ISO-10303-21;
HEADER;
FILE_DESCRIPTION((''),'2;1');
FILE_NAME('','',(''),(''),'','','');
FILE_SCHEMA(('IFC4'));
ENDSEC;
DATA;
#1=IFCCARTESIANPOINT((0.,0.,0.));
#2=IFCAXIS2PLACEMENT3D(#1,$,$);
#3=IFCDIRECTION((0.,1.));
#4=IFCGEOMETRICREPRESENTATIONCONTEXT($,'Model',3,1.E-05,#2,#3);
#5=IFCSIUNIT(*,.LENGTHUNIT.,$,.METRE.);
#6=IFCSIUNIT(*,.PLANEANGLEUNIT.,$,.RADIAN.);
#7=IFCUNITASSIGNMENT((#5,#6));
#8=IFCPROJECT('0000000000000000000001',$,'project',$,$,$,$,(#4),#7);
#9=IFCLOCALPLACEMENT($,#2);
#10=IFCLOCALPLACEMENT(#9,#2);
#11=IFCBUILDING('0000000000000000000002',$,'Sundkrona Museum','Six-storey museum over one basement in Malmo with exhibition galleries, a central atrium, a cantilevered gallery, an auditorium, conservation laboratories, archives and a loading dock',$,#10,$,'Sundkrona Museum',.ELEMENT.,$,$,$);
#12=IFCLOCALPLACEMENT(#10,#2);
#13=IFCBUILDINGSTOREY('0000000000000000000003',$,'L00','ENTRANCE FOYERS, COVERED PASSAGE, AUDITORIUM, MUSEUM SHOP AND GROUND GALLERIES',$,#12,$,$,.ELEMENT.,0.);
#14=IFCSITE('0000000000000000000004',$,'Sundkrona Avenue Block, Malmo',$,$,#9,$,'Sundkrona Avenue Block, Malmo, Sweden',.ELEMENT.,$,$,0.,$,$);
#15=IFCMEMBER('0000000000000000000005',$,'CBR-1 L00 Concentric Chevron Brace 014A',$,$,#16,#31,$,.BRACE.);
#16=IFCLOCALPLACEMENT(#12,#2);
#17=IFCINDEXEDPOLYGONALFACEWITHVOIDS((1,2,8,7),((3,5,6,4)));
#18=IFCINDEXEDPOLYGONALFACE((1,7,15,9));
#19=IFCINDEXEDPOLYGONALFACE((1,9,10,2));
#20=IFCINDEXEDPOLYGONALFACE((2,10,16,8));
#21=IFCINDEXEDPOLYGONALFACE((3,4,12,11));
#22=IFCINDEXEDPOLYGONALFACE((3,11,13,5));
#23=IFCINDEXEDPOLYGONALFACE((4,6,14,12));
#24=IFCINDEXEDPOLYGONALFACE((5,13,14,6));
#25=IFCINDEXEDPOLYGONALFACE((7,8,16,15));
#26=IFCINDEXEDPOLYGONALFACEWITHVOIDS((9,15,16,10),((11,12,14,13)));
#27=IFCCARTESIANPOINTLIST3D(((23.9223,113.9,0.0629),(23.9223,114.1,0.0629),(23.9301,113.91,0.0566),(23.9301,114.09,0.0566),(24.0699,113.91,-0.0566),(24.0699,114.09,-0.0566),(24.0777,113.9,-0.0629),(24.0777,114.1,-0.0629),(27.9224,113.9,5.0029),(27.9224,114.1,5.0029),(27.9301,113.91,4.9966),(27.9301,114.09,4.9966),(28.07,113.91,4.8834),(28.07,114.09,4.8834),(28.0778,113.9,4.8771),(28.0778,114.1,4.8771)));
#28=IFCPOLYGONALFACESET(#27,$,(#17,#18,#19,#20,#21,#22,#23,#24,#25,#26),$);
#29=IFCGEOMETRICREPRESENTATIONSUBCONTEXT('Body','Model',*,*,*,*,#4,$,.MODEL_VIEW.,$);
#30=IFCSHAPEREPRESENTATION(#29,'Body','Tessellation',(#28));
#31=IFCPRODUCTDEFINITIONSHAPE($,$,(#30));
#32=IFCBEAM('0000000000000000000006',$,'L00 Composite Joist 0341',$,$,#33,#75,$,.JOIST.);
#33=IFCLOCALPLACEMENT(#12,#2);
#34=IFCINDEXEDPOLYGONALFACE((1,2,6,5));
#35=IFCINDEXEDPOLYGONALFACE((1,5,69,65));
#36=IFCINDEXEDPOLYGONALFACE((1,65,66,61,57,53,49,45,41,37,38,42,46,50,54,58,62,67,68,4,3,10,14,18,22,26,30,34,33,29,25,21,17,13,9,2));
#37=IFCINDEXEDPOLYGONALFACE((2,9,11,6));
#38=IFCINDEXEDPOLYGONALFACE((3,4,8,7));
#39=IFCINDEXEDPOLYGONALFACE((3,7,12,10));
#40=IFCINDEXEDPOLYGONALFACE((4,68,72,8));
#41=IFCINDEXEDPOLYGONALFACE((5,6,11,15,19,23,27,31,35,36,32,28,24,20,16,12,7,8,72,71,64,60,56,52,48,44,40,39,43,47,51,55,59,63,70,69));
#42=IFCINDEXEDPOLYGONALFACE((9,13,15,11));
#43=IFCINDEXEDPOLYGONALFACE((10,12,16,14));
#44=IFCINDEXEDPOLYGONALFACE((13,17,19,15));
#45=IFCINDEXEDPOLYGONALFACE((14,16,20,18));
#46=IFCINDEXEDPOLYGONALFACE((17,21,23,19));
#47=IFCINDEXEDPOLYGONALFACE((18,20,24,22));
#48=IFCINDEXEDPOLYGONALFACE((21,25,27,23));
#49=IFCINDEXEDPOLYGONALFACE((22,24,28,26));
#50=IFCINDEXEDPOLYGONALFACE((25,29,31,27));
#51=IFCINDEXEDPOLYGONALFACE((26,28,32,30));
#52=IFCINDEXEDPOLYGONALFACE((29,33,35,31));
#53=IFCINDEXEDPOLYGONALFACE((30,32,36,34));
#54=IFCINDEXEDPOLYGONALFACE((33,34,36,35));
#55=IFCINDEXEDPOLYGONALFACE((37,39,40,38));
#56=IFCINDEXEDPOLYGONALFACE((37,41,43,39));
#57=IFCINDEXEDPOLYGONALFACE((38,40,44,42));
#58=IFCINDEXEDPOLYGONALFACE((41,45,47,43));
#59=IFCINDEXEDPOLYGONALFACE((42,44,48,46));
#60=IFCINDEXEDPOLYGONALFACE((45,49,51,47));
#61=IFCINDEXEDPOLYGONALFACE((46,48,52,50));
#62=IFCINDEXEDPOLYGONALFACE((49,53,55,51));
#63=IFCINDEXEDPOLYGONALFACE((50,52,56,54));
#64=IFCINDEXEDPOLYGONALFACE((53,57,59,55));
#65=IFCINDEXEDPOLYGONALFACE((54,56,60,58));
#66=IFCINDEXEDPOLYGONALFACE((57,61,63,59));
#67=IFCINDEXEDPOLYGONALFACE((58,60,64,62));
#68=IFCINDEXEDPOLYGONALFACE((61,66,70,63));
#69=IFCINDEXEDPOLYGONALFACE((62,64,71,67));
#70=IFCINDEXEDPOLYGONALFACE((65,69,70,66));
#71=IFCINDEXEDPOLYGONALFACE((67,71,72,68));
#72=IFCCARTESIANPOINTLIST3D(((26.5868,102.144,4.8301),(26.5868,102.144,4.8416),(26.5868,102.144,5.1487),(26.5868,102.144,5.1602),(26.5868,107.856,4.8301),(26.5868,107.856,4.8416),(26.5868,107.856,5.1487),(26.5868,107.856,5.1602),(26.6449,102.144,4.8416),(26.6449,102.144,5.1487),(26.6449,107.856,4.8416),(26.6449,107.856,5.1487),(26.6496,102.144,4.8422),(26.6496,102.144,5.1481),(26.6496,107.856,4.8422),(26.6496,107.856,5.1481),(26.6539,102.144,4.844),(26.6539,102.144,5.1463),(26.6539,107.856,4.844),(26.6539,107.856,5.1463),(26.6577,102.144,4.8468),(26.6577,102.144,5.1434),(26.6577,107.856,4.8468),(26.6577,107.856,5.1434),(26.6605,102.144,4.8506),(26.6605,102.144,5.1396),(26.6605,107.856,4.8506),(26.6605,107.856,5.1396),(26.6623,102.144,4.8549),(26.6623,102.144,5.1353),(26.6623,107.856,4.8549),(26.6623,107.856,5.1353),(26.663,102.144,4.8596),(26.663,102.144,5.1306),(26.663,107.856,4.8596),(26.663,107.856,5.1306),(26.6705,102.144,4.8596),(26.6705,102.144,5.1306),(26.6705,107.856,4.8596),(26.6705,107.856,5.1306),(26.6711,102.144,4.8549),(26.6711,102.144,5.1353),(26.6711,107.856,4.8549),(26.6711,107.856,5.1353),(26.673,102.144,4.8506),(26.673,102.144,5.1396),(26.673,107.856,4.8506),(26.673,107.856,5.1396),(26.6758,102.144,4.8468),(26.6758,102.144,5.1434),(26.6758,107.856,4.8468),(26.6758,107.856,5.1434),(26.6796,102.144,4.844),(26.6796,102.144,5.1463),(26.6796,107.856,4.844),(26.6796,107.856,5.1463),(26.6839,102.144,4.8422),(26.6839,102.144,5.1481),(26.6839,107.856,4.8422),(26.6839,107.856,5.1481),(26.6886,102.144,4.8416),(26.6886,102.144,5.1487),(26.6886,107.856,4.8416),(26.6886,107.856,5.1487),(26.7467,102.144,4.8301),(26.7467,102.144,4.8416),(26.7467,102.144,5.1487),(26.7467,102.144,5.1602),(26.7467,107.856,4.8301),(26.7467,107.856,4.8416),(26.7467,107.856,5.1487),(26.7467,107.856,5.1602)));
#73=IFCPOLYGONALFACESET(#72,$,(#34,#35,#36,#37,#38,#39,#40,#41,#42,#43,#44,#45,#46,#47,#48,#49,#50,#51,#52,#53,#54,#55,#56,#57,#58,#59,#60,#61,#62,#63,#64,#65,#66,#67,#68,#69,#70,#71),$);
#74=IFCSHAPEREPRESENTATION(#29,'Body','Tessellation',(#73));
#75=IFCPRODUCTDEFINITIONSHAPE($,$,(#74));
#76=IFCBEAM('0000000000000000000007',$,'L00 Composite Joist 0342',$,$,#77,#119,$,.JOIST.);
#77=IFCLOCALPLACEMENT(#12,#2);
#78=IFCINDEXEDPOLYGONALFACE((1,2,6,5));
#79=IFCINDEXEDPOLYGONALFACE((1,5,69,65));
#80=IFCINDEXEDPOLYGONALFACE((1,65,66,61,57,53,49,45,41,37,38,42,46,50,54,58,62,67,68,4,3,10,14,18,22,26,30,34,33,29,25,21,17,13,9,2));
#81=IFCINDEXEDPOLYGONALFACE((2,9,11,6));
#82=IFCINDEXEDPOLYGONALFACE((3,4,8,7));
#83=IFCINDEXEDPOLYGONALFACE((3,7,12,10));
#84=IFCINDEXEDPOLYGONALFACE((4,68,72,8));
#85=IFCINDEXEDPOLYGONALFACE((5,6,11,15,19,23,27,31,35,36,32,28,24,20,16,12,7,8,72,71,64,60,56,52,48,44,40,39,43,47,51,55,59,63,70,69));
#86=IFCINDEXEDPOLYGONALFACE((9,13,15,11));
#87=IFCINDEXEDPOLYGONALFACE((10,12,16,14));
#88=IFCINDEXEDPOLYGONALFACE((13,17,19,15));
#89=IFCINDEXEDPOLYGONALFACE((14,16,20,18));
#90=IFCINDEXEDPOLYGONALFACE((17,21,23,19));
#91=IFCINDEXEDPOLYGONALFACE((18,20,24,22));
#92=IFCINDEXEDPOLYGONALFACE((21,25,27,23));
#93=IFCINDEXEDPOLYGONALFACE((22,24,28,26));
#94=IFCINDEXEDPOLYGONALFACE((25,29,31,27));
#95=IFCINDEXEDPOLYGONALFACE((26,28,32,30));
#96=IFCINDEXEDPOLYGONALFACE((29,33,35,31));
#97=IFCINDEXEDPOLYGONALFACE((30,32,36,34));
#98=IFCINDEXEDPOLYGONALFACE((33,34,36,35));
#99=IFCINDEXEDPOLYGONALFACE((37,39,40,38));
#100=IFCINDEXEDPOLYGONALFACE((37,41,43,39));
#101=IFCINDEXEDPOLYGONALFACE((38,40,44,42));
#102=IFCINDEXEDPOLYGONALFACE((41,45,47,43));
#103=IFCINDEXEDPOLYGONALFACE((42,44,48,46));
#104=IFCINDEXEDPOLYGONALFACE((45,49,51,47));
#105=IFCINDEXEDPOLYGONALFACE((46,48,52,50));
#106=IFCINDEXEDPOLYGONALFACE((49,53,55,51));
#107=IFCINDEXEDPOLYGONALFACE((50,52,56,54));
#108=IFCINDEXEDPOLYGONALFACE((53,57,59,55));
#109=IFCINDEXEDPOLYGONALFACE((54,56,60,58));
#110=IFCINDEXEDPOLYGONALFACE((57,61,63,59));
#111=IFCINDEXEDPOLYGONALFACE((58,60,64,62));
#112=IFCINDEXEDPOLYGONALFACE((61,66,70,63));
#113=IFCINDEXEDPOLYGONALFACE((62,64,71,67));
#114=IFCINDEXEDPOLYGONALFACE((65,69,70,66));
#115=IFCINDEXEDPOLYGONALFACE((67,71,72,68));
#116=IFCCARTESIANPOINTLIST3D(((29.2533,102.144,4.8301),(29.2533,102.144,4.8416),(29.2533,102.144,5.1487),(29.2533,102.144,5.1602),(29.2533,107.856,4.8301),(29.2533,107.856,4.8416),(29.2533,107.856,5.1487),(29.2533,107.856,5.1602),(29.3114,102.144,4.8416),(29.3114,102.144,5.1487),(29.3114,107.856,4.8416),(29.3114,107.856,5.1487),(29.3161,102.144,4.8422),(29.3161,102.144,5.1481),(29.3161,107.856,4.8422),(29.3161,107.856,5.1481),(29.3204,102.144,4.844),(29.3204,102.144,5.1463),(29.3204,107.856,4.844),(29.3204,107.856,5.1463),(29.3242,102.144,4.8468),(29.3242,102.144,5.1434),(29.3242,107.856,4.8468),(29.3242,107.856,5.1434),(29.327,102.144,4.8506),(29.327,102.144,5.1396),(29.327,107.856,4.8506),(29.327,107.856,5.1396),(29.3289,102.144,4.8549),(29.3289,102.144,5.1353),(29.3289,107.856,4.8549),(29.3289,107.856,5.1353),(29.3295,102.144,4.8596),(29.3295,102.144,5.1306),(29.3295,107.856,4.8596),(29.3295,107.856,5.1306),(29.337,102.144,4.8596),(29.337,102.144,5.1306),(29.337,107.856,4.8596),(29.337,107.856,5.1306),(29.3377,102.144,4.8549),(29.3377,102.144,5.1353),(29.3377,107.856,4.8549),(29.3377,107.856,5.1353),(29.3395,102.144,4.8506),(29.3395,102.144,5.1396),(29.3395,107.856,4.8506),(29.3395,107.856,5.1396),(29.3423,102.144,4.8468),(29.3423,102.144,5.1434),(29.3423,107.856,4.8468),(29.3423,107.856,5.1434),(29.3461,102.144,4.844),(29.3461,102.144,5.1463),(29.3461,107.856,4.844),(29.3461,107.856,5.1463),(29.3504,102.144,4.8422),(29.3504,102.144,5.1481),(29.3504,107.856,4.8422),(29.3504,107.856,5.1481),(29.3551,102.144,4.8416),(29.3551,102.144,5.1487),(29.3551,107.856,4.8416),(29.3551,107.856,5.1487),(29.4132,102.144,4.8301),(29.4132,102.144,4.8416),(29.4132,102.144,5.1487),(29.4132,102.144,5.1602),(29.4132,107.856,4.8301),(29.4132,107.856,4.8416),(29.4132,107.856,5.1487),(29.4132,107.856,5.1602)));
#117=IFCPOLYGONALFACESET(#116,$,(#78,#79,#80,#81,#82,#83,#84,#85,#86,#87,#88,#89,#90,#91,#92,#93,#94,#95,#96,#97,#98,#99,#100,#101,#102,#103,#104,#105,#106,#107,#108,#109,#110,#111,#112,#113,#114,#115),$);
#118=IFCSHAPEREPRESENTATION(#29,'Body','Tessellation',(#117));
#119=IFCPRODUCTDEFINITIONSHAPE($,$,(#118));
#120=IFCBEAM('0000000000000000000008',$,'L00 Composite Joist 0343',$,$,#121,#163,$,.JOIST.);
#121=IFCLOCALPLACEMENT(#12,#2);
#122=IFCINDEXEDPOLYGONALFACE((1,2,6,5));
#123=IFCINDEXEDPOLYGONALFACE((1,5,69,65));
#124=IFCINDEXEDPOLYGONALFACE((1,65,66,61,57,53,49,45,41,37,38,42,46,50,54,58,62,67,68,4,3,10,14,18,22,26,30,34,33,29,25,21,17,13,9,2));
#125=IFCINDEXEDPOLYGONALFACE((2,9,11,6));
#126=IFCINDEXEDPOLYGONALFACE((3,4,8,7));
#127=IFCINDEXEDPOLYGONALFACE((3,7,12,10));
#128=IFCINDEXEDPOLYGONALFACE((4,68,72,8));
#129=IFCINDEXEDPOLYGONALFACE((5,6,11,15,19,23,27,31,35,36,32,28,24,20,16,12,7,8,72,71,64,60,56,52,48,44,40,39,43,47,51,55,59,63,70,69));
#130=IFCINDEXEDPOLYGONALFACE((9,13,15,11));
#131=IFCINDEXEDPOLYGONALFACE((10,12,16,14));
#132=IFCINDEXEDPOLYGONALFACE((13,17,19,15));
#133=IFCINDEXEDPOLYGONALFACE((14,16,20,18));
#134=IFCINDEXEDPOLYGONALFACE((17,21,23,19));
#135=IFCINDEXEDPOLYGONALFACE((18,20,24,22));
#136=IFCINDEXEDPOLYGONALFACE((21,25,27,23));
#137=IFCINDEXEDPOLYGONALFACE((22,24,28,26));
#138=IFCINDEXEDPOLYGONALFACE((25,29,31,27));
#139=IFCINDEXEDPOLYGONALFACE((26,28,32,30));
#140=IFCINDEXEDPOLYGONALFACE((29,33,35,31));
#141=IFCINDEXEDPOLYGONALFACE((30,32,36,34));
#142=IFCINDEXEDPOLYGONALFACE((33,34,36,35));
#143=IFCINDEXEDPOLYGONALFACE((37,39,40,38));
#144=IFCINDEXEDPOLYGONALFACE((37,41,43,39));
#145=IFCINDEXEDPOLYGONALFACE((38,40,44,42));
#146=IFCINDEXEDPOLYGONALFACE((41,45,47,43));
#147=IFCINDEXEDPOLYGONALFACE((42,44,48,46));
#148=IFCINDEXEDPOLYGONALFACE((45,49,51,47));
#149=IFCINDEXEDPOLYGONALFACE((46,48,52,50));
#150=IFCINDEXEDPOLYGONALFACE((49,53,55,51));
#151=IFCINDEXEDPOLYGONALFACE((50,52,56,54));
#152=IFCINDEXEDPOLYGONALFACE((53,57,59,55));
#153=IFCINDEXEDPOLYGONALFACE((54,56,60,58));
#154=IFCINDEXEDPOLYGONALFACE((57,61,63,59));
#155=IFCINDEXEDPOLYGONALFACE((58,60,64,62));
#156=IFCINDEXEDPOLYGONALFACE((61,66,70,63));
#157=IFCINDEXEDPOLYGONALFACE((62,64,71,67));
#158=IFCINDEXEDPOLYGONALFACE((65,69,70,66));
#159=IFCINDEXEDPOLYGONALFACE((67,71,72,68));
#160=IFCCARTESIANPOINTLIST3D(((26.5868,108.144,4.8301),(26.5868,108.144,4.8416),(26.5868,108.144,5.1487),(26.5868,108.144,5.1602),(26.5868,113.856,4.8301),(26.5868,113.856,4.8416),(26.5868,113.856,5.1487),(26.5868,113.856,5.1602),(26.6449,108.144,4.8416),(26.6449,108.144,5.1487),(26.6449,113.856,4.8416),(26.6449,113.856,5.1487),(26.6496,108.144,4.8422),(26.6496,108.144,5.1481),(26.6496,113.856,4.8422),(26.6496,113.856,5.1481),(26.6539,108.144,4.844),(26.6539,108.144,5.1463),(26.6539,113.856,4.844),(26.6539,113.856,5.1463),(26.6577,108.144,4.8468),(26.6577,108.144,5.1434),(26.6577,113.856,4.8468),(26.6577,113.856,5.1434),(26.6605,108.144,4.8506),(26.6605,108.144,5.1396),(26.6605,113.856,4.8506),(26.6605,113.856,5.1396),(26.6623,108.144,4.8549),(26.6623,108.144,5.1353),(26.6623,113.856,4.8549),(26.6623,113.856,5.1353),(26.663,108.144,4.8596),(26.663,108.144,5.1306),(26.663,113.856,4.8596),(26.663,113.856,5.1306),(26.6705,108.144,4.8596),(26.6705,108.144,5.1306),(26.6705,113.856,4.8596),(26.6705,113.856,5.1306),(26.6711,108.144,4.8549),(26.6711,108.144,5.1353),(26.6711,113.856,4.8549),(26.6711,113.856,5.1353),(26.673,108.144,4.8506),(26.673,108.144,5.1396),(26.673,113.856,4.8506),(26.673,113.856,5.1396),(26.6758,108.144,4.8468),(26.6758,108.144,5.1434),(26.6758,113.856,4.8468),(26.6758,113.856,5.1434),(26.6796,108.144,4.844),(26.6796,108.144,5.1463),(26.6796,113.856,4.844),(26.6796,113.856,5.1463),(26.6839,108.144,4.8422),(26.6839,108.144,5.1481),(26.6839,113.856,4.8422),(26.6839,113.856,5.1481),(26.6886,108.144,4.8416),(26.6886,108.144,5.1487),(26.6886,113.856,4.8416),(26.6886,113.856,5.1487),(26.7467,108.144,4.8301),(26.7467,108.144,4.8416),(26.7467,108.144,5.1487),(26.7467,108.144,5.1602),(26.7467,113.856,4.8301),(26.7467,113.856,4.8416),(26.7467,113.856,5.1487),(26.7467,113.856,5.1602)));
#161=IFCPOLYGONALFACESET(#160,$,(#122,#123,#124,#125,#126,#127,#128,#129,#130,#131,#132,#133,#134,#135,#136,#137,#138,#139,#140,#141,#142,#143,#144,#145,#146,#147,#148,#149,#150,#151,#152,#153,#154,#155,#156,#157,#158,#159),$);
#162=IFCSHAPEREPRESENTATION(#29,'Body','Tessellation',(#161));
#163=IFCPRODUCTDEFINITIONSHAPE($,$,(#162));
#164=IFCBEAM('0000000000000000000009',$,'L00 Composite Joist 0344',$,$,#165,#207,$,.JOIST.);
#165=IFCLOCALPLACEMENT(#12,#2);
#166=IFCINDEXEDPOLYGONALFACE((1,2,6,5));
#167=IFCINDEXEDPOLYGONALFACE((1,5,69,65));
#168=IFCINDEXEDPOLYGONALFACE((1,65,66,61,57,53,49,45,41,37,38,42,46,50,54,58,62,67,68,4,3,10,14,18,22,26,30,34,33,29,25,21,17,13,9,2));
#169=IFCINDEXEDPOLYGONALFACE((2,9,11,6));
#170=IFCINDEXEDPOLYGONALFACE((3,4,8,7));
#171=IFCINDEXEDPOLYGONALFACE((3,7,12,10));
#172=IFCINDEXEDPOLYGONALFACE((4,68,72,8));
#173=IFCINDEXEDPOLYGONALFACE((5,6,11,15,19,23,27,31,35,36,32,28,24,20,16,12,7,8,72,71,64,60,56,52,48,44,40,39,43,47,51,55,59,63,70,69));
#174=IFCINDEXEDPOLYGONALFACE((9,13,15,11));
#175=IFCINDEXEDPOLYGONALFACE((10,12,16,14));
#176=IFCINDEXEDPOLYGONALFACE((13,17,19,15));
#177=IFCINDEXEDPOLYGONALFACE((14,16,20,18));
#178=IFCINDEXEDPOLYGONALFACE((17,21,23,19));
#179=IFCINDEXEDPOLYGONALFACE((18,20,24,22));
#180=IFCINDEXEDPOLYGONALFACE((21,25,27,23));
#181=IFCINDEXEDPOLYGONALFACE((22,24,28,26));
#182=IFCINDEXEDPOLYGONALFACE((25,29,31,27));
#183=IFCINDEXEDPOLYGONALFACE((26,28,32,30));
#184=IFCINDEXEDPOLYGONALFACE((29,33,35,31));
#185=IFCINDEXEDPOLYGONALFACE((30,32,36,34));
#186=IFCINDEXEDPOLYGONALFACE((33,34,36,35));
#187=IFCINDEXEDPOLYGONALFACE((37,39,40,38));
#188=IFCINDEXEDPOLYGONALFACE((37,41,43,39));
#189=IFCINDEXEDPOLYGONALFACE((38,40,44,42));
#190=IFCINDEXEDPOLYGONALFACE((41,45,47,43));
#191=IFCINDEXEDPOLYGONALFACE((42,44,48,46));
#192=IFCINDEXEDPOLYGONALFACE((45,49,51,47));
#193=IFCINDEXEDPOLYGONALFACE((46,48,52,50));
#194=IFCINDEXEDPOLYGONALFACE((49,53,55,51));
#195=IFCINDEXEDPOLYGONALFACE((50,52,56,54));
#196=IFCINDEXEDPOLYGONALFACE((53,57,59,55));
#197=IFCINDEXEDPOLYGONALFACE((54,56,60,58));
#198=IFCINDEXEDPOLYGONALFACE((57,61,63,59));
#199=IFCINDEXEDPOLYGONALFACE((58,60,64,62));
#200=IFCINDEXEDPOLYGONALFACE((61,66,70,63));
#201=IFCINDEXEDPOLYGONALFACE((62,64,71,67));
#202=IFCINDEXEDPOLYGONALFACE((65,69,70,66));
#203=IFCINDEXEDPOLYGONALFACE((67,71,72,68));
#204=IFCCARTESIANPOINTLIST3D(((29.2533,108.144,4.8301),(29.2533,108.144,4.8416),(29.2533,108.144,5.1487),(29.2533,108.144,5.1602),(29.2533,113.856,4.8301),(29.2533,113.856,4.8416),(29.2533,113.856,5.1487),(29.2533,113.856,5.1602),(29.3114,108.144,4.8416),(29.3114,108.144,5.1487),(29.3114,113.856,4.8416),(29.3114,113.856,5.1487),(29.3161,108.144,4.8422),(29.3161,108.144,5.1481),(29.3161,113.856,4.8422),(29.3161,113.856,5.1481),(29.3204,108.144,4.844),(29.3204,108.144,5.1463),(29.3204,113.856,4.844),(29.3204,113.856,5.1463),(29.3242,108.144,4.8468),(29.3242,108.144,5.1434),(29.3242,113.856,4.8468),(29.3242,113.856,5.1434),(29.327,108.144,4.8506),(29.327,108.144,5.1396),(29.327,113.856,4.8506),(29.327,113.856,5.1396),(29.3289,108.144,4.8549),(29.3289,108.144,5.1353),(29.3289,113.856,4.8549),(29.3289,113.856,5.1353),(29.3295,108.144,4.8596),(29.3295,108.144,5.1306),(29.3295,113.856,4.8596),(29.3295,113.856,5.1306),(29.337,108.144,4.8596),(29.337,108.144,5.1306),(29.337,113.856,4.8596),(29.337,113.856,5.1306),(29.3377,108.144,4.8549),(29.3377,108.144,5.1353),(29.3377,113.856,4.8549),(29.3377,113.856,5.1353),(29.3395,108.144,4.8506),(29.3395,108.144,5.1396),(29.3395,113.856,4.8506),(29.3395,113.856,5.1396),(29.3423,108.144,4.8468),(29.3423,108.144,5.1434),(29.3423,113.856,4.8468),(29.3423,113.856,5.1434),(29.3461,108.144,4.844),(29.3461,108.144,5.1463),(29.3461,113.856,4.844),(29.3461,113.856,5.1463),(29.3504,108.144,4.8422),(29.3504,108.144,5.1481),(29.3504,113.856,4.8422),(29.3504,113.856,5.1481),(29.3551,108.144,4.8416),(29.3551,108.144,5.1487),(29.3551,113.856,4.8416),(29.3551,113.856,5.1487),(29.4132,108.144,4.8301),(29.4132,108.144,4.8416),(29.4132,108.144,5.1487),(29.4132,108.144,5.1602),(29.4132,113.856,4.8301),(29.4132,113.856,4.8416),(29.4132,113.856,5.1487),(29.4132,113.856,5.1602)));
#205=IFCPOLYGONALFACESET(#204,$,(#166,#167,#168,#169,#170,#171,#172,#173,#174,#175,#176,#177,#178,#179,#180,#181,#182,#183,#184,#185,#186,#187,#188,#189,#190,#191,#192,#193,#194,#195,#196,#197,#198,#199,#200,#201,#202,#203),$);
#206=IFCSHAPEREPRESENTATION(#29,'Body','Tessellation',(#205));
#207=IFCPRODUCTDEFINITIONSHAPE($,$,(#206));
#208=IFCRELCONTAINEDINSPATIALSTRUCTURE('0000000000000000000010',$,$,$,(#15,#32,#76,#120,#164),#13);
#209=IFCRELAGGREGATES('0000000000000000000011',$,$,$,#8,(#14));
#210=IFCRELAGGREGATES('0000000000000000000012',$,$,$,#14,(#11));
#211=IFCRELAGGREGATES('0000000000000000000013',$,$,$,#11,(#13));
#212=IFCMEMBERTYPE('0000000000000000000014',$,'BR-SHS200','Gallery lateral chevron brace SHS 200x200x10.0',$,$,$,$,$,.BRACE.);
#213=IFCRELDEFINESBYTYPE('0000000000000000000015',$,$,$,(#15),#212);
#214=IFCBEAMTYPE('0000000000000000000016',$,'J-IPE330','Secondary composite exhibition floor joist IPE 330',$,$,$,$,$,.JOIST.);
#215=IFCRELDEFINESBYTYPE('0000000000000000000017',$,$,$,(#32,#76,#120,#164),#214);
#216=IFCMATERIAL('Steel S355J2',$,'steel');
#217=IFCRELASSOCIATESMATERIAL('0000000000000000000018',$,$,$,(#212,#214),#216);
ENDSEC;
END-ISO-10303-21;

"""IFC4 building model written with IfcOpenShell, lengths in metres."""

from ifc_helpers import new_model, si_unit, direction, frame, origin, origin_2d, place, context, subcontext, project, spatial, hollow_rectangle, i_section, extrude, material, material_profile, profile_set, type_object, element, save


model = new_model("IFC4")

# Units and contexts
model_context = context("Model", 3, precision=1e-05, world=origin(), true_north=direction((0.0, 1.0)))
body_context = subcontext(model_context, "Body", "Model", "MODEL_VIEW")
ifc_project = project(units=[si_unit("LENGTHUNIT", "METRE"), si_unit("PLANEANGLEUNIT", "RADIAN")], contexts=[model_context])

# Site, building, storey
site_placement = place(None, origin())
site = spatial("IfcSite", under=ifc_project, at=site_placement, Name="Sundkrona Avenue Block, Malmo", LongName="Sundkrona Avenue Block, Malmo, Sweden", CompositionType="ELEMENT", RefElevation=0.0)
building_placement = place(site_placement, origin())
building = spatial("IfcBuilding", under=site, at=building_placement, Name="Sundkrona Museum", Description="Six-storey museum over one basement in Malmo with exhibition galleries, a central atrium, a cantilevered gallery, an auditorium, conservation laboratories, archives and a loading dock", LongName="Sundkrona Museum", CompositionType="ELEMENT")
storey_placement = place(building_placement, origin())
storey = spatial("IfcBuildingStorey", under=building, at=storey_placement, Name="L00", Description="ENTRANCE FOYERS, COVERED PASSAGE, AUDITORIUM, MUSEUM SHOP AND GROUND GALLERIES", CompositionType="ELEMENT", Elevation=0.0)

# Shared definitions
ifc_material_1 = material(Name="Steel S355J2", Category="steel")

# Member
ifc_material_profile_1 = material_profile(ifc_material_1, hollow_rectangle(XDim=0.2, YDim=0.2, WallThickness=0.01, at=origin_2d()), Name="SHS 200x200x10.0")
ifc_profile_set_1 = profile_set([ifc_material_profile_1], Name="Steel S355J2")
member_type = type_object("IfcMemberType", Name="BR-SHS200", Description="Gallery lateral chevron brace SHS 200x200x10.0", PredefinedType="BRACE", material=ifc_profile_set_1)
member_placement = place(storey_placement, frame((24.0, 114.0, 0.0), z_axis=(0.629293, 0.0, 0.777168), x_axis=(0.0, 1.0, 0.0)))
element("IfcMember", 1, at=member_placement, inside=storey, type_object=member_type, Name="CBR-1 L00 Concentric Chevron Brace 014A", PredefinedType="BRACE", context=body_context, shape_type="SweptSolid", body=[
    extrude(hollow_rectangle(XDim=0.2, YDim=0.2, WallThickness=0.01, at=origin_2d()), origin(), (0.0, 0.0, 1.0), 6.3564),
])

# Beams
ifc_material_profile_2 = material_profile(ifc_material_1, i_section(OverallWidth=0.1599, OverallDepth=0.3301, WebThickness=0.0076, FlangeThickness=0.0115, FilletRadius=0.0181, at=origin_2d()), Name="IPE 330")
ifc_profile_set_2 = profile_set([ifc_material_profile_2], Name="Steel S355J2")
beam_type_1 = type_object("IfcBeamType", Name="J-IPE330", Description="Secondary composite exhibition floor joist IPE 330", PredefinedType="JOIST", material=ifc_profile_set_2)
for number, where, z_axis, x_axis, name in (
    (2, (26.6667, 102.144, 4.9951), (0.0, 1.0, 0.0), (-1.0, 0.0, 0.0), "L00 Composite Joist 0341"),
    (3, (29.3333, 102.144, 4.9951), (0.0, 1.0, 0.0), (-1.0, 0.0, 0.0), "L00 Composite Joist 0342"),
    (4, (26.6667, 108.144, 4.9951), (0.0, 1.0, 0.0), (-1.0, 0.0, 0.0), "L00 Composite Joist 0343"),
    (5, (29.3333, 108.144, 4.9951), (0.0, 1.0, 0.0), (-1.0, 0.0, 0.0), "L00 Composite Joist 0344"),
):
    element("IfcBeam", number, at=place(storey_placement, frame(where, z_axis=z_axis, x_axis=x_axis)), inside=storey, type_object=beam_type_1, Name=name, PredefinedType="JOIST", context=body_context, shape_type="SweptSolid", body=[
        extrude(i_section(OverallWidth=0.1599, OverallDepth=0.3301, WebThickness=0.0076, FlangeThickness=0.0115, FilletRadius=0.0181, at=origin_2d()), origin(), (0.0, 0.0, 1.0), 5.7119),
    ])

save(model, "model.ifc")
